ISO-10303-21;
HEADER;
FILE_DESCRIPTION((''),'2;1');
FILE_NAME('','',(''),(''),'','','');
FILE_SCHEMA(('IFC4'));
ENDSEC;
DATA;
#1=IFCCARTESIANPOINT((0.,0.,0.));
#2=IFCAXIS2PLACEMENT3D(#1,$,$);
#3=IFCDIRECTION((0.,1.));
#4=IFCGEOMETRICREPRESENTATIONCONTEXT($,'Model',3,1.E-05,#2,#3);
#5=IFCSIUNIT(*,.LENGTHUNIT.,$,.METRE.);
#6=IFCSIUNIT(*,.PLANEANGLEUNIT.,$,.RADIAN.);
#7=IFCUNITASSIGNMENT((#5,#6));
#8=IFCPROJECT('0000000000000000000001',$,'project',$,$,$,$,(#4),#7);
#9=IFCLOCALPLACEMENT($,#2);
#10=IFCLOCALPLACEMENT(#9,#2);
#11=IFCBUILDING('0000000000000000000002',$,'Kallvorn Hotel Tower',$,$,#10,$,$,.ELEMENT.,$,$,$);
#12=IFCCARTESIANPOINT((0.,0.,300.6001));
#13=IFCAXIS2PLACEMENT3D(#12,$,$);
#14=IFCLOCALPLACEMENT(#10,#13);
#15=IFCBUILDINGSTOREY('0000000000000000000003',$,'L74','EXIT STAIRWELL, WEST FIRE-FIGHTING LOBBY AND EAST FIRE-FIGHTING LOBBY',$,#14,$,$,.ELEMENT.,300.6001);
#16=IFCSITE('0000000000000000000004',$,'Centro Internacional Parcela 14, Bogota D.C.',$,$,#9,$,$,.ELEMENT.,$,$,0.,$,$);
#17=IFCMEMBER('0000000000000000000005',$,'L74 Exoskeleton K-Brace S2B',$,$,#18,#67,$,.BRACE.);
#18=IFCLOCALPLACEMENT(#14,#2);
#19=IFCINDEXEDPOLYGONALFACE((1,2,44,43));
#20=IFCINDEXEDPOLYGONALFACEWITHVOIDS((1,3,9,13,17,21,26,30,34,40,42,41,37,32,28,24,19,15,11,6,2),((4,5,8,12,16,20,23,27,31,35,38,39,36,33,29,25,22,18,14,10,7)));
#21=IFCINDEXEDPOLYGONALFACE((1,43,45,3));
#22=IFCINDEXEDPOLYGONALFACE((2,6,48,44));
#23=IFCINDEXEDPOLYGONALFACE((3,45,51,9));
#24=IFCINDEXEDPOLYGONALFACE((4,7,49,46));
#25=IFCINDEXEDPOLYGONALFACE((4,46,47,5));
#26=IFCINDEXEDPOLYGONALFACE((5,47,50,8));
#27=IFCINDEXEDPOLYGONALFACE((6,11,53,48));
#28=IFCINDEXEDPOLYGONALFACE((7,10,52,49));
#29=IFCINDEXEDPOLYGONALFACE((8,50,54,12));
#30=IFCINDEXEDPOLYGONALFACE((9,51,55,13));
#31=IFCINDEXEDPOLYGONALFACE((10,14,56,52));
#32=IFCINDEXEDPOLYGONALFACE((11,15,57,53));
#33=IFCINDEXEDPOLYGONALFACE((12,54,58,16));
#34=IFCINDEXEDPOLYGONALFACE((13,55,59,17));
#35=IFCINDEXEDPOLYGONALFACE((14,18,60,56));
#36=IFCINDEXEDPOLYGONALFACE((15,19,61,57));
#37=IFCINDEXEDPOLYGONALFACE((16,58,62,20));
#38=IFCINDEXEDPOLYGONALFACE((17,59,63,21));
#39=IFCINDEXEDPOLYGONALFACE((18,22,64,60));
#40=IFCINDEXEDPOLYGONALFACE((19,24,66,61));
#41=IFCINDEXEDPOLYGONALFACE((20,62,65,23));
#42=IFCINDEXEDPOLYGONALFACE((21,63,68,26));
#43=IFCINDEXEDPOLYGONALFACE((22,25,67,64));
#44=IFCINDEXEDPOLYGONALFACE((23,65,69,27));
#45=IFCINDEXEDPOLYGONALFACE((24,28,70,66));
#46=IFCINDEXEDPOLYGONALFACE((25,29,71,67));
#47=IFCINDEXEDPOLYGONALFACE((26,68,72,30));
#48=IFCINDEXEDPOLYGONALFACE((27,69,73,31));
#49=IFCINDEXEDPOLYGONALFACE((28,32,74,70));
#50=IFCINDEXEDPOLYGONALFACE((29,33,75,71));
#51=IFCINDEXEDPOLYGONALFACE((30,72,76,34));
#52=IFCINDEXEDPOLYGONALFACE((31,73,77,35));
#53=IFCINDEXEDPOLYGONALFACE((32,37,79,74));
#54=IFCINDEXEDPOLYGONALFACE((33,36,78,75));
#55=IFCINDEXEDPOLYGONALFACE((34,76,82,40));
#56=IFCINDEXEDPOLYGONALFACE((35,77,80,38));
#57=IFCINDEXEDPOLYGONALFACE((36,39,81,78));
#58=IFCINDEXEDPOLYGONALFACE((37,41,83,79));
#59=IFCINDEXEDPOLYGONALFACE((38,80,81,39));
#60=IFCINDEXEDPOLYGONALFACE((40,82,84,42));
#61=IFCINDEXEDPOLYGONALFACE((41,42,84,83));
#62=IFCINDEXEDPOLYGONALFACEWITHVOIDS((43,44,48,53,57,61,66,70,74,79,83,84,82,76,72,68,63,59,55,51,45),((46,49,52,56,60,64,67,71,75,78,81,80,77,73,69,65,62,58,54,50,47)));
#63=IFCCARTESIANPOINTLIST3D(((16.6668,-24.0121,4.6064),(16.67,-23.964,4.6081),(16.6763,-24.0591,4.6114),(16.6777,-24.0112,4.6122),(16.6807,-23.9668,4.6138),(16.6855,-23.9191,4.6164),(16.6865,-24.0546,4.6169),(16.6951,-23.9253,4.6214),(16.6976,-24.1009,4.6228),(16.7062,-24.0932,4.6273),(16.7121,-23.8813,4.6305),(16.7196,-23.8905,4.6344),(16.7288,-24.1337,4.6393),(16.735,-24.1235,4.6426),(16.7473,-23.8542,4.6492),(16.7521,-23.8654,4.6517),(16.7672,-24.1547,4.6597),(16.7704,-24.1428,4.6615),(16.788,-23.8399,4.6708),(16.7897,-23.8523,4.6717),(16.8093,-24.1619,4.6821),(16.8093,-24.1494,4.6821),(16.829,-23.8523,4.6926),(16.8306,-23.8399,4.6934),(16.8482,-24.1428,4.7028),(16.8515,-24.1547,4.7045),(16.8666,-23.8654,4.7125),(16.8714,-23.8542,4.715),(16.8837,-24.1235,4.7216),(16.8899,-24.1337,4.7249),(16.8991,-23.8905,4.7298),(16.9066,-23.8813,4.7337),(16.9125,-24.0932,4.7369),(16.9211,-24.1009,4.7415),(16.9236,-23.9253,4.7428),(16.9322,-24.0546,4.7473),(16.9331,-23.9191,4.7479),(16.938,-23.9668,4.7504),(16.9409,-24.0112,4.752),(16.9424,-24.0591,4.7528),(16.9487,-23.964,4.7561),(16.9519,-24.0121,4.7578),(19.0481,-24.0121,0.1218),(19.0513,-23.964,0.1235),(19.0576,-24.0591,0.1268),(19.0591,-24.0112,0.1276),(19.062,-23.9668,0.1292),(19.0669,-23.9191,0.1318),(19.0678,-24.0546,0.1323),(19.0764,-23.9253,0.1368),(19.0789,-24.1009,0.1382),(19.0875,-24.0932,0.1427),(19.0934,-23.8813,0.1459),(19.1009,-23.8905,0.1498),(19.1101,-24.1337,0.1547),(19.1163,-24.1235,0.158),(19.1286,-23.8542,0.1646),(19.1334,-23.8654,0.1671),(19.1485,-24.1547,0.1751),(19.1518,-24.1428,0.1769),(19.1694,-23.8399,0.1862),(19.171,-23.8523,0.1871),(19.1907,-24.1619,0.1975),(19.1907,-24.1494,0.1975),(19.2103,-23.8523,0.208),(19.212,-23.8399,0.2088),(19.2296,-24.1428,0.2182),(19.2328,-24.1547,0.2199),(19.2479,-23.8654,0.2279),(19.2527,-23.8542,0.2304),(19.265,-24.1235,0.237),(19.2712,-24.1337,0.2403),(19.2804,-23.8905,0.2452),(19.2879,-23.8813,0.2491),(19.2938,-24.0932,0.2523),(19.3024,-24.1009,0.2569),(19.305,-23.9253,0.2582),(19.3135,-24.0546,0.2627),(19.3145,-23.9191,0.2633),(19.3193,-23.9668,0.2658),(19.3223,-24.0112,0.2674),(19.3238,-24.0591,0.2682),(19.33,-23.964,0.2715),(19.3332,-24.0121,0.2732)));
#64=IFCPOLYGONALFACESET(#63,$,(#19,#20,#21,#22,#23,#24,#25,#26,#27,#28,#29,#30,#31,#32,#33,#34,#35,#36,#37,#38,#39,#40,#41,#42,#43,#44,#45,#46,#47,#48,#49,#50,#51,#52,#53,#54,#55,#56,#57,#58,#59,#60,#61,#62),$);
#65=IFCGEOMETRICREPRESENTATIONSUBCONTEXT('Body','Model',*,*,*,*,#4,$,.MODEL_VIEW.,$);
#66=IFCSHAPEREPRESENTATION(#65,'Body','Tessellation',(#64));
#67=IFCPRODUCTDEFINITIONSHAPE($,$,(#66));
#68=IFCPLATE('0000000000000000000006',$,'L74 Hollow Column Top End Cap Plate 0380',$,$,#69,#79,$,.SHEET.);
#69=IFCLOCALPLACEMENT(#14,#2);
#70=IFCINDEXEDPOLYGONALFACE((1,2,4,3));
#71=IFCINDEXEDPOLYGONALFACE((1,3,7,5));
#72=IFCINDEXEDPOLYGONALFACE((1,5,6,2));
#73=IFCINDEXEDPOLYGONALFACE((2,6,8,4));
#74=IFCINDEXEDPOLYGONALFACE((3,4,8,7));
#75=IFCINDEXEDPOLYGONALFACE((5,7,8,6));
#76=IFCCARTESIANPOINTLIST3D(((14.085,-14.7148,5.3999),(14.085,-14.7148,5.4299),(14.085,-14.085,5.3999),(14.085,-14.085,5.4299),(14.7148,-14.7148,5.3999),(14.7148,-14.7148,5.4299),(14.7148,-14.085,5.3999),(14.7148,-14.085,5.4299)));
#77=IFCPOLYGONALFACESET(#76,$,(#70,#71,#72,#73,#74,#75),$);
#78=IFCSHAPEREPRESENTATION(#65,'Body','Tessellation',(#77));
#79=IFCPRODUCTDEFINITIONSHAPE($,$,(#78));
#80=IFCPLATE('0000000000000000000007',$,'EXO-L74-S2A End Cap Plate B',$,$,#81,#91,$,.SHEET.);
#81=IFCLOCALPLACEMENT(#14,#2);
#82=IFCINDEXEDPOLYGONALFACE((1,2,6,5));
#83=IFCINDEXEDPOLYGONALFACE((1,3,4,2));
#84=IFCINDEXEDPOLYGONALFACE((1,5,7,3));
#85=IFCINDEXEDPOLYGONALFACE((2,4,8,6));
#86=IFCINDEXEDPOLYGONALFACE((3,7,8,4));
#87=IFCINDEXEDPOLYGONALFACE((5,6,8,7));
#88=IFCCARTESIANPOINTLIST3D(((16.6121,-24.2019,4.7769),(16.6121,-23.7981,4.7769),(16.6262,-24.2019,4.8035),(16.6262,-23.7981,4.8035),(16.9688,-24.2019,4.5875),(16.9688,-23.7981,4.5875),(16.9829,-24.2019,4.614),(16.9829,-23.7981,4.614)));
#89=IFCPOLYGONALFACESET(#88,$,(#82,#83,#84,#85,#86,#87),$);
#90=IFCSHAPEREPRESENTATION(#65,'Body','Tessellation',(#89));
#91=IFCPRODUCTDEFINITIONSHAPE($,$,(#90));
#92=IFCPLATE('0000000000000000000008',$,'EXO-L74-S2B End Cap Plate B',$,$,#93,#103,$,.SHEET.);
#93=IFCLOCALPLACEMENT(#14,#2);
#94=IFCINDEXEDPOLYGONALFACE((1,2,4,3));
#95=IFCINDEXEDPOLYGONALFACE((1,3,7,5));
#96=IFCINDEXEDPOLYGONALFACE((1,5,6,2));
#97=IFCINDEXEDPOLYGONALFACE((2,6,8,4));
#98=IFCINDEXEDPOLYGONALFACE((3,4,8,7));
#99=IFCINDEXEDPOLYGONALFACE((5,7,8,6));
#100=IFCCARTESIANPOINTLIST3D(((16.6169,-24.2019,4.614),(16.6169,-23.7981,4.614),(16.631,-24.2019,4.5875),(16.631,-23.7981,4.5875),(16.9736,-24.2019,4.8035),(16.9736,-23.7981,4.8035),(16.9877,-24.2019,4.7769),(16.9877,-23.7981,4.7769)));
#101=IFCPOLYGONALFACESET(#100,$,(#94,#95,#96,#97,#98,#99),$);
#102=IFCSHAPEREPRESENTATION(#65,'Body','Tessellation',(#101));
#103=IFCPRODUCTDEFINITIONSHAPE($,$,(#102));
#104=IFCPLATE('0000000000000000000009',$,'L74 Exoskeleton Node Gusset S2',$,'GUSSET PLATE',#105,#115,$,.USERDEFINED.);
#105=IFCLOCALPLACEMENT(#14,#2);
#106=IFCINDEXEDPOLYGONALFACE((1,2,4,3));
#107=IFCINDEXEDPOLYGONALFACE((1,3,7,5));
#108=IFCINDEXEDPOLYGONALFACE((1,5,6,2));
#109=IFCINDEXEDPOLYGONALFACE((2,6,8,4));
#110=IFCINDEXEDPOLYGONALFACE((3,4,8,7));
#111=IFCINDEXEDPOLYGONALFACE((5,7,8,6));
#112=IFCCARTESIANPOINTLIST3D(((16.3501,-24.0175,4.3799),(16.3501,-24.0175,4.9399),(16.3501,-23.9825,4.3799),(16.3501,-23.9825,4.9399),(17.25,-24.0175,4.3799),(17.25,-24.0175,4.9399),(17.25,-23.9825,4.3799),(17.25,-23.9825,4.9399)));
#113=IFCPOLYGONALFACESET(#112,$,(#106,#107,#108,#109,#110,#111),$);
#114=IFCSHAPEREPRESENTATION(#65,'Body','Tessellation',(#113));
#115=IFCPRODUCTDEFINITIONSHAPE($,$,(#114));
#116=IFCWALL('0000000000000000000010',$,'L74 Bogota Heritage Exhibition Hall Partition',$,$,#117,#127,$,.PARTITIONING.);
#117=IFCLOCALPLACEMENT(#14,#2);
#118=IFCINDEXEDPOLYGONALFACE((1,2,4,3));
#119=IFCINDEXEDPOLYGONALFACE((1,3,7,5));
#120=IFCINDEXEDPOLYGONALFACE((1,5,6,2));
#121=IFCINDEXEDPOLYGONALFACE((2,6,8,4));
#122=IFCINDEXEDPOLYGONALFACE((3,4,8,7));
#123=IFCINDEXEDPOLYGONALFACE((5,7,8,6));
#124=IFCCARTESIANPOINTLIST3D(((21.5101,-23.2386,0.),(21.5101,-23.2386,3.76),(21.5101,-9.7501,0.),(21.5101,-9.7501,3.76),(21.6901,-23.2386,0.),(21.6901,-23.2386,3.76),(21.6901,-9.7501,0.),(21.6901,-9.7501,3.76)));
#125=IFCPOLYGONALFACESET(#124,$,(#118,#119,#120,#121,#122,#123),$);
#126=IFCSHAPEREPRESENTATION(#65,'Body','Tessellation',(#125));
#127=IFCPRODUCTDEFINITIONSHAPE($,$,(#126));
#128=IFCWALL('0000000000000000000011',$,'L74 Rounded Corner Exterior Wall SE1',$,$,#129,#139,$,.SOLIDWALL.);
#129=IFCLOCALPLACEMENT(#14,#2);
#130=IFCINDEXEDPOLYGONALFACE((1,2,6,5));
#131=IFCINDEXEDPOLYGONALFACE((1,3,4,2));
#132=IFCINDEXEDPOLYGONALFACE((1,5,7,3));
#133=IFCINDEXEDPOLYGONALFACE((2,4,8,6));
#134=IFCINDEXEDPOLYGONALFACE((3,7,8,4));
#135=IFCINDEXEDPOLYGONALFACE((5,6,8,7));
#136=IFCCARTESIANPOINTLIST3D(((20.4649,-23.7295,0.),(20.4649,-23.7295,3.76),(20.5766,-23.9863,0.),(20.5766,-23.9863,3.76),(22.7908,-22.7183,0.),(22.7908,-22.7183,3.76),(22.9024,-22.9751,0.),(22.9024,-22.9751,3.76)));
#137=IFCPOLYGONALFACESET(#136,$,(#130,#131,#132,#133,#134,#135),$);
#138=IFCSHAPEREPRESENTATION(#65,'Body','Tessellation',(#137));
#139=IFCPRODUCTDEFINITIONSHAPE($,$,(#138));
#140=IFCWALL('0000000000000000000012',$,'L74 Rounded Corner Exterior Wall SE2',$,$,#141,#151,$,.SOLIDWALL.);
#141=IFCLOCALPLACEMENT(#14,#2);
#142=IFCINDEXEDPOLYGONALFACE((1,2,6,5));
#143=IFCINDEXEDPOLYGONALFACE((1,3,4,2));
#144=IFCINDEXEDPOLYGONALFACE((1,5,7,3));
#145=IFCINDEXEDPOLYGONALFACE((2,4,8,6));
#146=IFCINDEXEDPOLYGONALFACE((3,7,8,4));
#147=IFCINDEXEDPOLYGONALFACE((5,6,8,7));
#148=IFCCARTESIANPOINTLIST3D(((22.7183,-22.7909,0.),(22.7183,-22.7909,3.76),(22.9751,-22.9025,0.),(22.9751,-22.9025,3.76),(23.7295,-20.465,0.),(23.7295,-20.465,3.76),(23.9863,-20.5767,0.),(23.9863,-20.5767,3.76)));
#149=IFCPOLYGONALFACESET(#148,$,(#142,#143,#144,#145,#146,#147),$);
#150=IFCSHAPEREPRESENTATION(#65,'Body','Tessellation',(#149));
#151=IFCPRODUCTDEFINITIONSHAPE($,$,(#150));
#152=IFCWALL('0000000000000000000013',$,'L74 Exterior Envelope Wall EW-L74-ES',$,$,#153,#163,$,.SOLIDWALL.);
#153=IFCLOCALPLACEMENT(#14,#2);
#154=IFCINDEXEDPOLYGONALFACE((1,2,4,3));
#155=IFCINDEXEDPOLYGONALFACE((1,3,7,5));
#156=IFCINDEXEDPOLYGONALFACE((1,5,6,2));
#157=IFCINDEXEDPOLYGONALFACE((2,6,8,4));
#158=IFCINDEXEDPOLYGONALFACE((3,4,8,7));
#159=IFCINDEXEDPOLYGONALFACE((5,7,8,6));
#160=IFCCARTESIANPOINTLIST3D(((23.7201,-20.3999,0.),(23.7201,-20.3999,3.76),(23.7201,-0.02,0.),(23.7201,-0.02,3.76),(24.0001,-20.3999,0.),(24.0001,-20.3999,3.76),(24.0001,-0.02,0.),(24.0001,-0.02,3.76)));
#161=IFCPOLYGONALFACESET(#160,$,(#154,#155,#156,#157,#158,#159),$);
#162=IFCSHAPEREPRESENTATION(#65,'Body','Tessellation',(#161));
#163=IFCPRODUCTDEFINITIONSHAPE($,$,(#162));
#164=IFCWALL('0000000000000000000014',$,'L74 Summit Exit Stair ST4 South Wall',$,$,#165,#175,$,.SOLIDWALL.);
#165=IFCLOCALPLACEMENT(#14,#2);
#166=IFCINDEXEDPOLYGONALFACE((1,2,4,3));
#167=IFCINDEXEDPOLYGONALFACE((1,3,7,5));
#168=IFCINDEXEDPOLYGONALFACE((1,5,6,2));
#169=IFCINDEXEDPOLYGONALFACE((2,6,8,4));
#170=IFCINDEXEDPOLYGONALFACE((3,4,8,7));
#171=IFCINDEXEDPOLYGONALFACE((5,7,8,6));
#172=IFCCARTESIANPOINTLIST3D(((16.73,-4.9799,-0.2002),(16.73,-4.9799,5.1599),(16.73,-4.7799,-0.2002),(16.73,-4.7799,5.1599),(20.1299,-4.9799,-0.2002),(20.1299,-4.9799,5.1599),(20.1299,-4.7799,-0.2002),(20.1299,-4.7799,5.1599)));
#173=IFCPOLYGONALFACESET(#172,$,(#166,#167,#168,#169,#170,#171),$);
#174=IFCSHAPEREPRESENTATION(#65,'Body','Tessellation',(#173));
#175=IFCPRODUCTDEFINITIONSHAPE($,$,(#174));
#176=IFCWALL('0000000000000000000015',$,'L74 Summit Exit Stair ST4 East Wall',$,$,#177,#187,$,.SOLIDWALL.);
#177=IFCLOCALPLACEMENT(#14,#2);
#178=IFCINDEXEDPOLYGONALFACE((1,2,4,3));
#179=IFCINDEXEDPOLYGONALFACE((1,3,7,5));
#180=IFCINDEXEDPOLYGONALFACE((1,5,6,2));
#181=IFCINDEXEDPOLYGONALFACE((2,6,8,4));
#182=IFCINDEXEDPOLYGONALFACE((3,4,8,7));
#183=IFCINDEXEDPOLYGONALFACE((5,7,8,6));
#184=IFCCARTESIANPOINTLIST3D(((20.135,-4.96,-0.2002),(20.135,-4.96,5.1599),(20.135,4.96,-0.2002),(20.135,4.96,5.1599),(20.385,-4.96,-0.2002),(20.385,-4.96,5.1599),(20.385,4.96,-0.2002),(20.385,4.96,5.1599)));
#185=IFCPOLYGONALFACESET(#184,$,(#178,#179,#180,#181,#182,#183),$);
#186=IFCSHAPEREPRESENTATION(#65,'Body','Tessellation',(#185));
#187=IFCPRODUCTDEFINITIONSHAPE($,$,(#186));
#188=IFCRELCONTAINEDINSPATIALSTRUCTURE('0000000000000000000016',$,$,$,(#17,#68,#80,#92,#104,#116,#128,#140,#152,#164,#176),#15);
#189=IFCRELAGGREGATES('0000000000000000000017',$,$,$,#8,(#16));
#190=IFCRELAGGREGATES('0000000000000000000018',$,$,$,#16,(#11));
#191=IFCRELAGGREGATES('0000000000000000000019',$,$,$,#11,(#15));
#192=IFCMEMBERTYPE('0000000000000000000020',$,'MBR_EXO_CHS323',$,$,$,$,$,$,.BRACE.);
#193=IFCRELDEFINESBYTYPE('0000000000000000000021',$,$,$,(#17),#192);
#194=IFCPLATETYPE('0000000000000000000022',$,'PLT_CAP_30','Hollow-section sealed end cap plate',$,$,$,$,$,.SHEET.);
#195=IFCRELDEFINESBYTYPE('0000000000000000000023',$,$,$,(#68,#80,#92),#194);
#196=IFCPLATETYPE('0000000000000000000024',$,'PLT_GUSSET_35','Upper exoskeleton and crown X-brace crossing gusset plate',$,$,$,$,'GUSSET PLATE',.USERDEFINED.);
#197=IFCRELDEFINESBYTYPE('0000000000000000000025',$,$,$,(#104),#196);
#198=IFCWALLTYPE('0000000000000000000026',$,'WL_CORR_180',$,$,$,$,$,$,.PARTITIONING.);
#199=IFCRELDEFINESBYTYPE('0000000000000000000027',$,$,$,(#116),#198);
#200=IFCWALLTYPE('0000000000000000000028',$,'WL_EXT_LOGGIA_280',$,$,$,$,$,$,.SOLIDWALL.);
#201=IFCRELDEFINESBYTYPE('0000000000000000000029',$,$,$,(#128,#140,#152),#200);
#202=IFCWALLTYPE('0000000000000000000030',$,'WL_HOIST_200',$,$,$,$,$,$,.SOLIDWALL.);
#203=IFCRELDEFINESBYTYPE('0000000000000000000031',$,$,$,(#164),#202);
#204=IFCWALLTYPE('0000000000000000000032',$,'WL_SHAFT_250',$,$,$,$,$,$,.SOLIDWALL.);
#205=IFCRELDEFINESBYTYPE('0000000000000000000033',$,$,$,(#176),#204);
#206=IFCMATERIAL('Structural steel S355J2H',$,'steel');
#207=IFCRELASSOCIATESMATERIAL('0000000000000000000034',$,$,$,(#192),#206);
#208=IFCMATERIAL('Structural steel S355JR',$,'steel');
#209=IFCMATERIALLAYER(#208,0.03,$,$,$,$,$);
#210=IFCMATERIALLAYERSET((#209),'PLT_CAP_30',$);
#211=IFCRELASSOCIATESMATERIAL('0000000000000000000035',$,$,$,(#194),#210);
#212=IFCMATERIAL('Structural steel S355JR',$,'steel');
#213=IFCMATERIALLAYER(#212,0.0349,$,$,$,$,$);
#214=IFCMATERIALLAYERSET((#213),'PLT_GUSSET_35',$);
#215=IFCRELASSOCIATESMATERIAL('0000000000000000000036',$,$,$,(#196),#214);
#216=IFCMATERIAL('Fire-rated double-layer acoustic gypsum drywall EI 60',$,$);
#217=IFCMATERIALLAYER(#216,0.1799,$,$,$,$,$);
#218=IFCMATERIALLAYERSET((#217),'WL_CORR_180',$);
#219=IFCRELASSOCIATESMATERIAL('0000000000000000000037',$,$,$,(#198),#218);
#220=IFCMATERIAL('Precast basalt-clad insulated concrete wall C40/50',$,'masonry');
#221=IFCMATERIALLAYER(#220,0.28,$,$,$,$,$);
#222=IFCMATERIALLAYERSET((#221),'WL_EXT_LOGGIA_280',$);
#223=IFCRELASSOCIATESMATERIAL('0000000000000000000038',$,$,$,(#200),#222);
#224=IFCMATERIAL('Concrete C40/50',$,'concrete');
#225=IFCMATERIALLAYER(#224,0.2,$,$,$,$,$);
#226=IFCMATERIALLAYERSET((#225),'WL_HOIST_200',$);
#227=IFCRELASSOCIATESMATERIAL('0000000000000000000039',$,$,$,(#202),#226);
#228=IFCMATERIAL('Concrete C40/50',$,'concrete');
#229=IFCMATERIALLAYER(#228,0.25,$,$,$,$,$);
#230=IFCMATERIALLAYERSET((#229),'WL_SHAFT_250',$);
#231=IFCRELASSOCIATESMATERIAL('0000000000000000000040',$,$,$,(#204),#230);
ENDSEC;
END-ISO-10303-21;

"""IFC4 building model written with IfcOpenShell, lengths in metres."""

from ifc_helpers import new_model, si_unit, direction, frame, frame_2d, origin, origin_2d, place, context, subcontext, project, spatial, polyline, rectangle, hollow_circle, outline, extrude, material, layer, layer_set, material_profile, profile_set, type_object, element, save


model = new_model("IFC4")

# Units and contexts
model_context = context("Model", 3, precision=1e-05, world=origin(), true_north=direction((0.0, 1.0)))
body_context = subcontext(model_context, "Body", "Model", "MODEL_VIEW")
ifc_project = project(units=[si_unit("LENGTHUNIT", "METRE"), si_unit("PLANEANGLEUNIT", "RADIAN")], contexts=[model_context])

# Site, building, storey
site_placement = place(None, origin())
site = spatial("IfcSite", under=ifc_project, at=site_placement, Name="Centro Internacional Parcela 14, Bogota D.C.", CompositionType="ELEMENT", RefElevation=0.0)
building_placement = place(site_placement, origin())
building = spatial("IfcBuilding", under=site, at=building_placement, Name="Kallvorn Hotel Tower", CompositionType="ELEMENT")
storey_placement = place(building_placement, frame((0.0, 0.0, 300.6001)))
storey = spatial("IfcBuildingStorey", under=building, at=storey_placement, Name="L74", Description="EXIT STAIRWELL, WEST FIRE-FIGHTING LOBBY AND EAST FIRE-FIGHTING LOBBY", CompositionType="ELEMENT", Elevation=300.6001)

# Member
ifc_material_1 = material(Name="Structural steel S355J2H", Category="steel")
ifc_material_profile_1 = material_profile(ifc_material_1, hollow_circle(Radius=0.1619, WallThickness=0.0125, at=origin_2d()), Name="CHS 323.9x12.5")
ifc_profile_set_1 = profile_set([ifc_material_profile_1], Name="Structural steel S355J2H")
member_type = type_object("IfcMemberType", Name="MBR_EXO_CHS323", PredefinedType="BRACE", material=ifc_profile_set_1)
for number, where, z_axis, x_axis, name in (
    (1, (19.1907, -24.0, 0.1975), (-0.468985, 0.0, 0.883206), (0.0, -1.0, 0.0), "L74 Exoskeleton K-Brace S2B"),
):
    element("IfcMember", number, at=place(storey_placement, frame(where, z_axis=z_axis, x_axis=x_axis)), inside=storey, type_object=member_type, Name=name, PredefinedType="BRACE", context=body_context, shape_type="SweptSolid", body=[
        extrude(hollow_circle(Radius=0.1619, WallThickness=0.0125, at=origin_2d()), origin(), (0.0, 0.0, 1.0), 5.0776),
    ])

# Plates
ifc_material_2 = material(Name="Structural steel S355JR", Category="steel")
ifc_layer_1 = layer(ifc_material_2, 0.03)
ifc_layer_set_1 = layer_set([ifc_layer_1], Name="PLT_CAP_30")
plate_type_1 = type_object("IfcPlateType", Name="PLT_CAP_30", Description="Hollow-section sealed end cap plate", PredefinedType="SHEET", material=ifc_layer_set_1)
plate_1_placement = place(storey_placement, frame((14.3999, -14.3999, 5.3999), z_axis=(0.0, 0.0, 1.0), x_axis=(1.0, 0.0, 0.0)))
element("IfcPlate", 2, at=plate_1_placement, inside=storey, type_object=plate_type_1, Name="L74 Hollow Column Top End Cap Plate 0380", PredefinedType="SHEET", context=body_context, shape_type="SweptSolid", body=[
    extrude(rectangle(XDim=0.6299, YDim=0.6299, at=origin_2d()), origin(), (0.0, 0.0, 1.0), 0.03),
])
for number, where, z_axis, x_axis, name in (
    (3, (16.9829, -24.2019, 4.614), (0.469082, 0.0, 0.883155), (0.0, 1.0, 0.0), "EXO-L74-S2A End Cap Plate B"),
    (4, (16.6169, -23.7981, 4.614), (-0.469082, 0.0, 0.883155), (0.0, -1.0, 0.0), "EXO-L74-S2B End Cap Plate B"),
):
    element("IfcPlate", number, at=place(storey_placement, frame(where, z_axis=z_axis, x_axis=x_axis)), inside=storey, type_object=plate_type_1, Name=name, PredefinedType="SHEET", context=body_context, shape_type="SweptSolid", body=[
        extrude(outline(polyline([(0.0, 0.0), (0.4038, 0.0), (0.4038, 0.4039), (0.0, 0.4039), (0.0, 0.0)])), origin(), (0.0, 0.0, -1.0), 0.03),
    ])
ifc_material_3 = material(Name="Structural steel S355JR", Category="steel")
ifc_layer_2 = layer(ifc_material_3, 0.0349)
ifc_layer_set_2 = layer_set([ifc_layer_2], Name="PLT_GUSSET_35")
plate_type_2 = type_object("IfcPlateType", Name="PLT_GUSSET_35", Description="Upper exoskeleton and crown X-brace crossing gusset plate", ElementType="GUSSET PLATE", PredefinedType="USERDEFINED", material=ifc_layer_set_2)
plate_2_placement = place(storey_placement, frame((16.8, -24.0, 4.3799), z_axis=(0.0, 0.0, 1.0), x_axis=(1.0, 0.0, 0.0)))
element("IfcPlate", 5, at=plate_2_placement, inside=storey, type_object=plate_type_2, Name="L74 Exoskeleton Node Gusset S2", ObjectType="GUSSET PLATE", PredefinedType="USERDEFINED", context=body_context, shape_type="SweptSolid", body=[
    extrude(rectangle(XDim=0.8999, YDim=0.0349, at=origin_2d()), origin(), (0.0, 0.0, 1.0), 0.5601),
])

# Walls
ifc_material_4 = material(Name="Fire-rated double-layer acoustic gypsum drywall EI 60")
ifc_layer_3 = layer(ifc_material_4, 0.1799)
ifc_layer_set_3 = layer_set([ifc_layer_3], Name="WL_CORR_180")
wall_type_1 = type_object("IfcWallType", Name="WL_CORR_180", PredefinedType="PARTITIONING", material=ifc_layer_set_3)
wall_1_placement = place(storey_placement, frame((21.6001, -23.2385, 0.0), z_axis=(0.0, 0.0, 1.0), x_axis=(0.0, 1.0, 0.0)))
element("IfcWall", 6, at=wall_1_placement, inside=storey, type_object=wall_type_1, Name="L74 Bogota Heritage Exhibition Hall Partition", PredefinedType="PARTITIONING", context=body_context, shape_type="SweptSolid", body=[
    extrude(rectangle(XDim=13.4885, YDim=0.1799, at=frame_2d((6.7441, 0.0))), origin(), (0.0, 0.0, 1.0), 3.76),
])
ifc_material_5 = material(Name="Precast basalt-clad insulated concrete wall C40/50", Category="masonry")
ifc_layer_4 = layer(ifc_material_5, 0.28)
ifc_layer_set_4 = layer_set([ifc_layer_4], Name="WL_EXT_LOGGIA_280")
wall_type_2 = type_object("IfcWallType", Name="WL_EXT_LOGGIA_280", PredefinedType="SOLIDWALL", material=ifc_layer_set_4)
for number, where, z_axis, x_axis, name in (
    (7, (20.5208, -23.8579, 0.0), (0.0, 0.0, 1.0), (0.917076, 0.398712, 0.0), "L74 Rounded Corner Exterior Wall SE1"),
    (8, (22.8467, -22.8467, 0.0), (0.0, 0.0, 1.0), (0.398712, 0.917076, 0.0), "L74 Rounded Corner Exterior Wall SE2"),
):
    element("IfcWall", number, at=place(storey_placement, frame(where, z_axis=z_axis, x_axis=x_axis)), inside=storey, type_object=wall_type_2, Name=name, PredefinedType="SOLIDWALL", context=body_context, shape_type="SweptSolid", body=[
        extrude(rectangle(XDim=2.5361, YDim=0.28, at=frame_2d((1.2681, 0.0))), origin(), (0.0, 0.0, 1.0), 3.76),
    ])
wall_2_placement = place(storey_placement, frame((23.8601, -20.3999, 0.0), z_axis=(0.0, 0.0, 1.0), x_axis=(0.0, 1.0, 0.0)))
element("IfcWall", 9, at=wall_2_placement, inside=storey, type_object=wall_type_2, Name="L74 Exterior Envelope Wall EW-L74-ES", PredefinedType="SOLIDWALL", context=body_context, shape_type="SweptSolid", body=[
    extrude(rectangle(XDim=20.3799, YDim=0.28, at=frame_2d((10.1899, 0.0))), origin(), (0.0, 0.0, 1.0), 3.76),
])
ifc_material_6 = material(Name="Concrete C40/50", Category="concrete")
ifc_layer_5 = layer(ifc_material_6, 0.2)
ifc_layer_set_5 = layer_set([ifc_layer_5], Name="WL_HOIST_200")
wall_type_3 = type_object("IfcWallType", Name="WL_HOIST_200", PredefinedType="SOLIDWALL", material=ifc_layer_set_5)
wall_3_placement = place(storey_placement, frame((16.73, -4.8799, -0.2002), z_axis=(0.0, 0.0, 1.0), x_axis=(1.0, 0.0, 0.0)))
element("IfcWall", 10, at=wall_3_placement, inside=storey, type_object=wall_type_3, Name="L74 Summit Exit Stair ST4 South Wall", PredefinedType="SOLIDWALL", context=body_context, shape_type="SweptSolid", body=[
    extrude(rectangle(XDim=3.3999, YDim=0.2, at=frame_2d((1.7, 0.0))), origin(), (0.0, 0.0, 1.0), 5.3601),
])
ifc_material_7 = material(Name="Concrete C40/50", Category="concrete")
ifc_layer_6 = layer(ifc_material_7, 0.25)
ifc_layer_set_6 = layer_set([ifc_layer_6], Name="WL_SHAFT_250")
wall_type_4 = type_object("IfcWallType", Name="WL_SHAFT_250", PredefinedType="SOLIDWALL", material=ifc_layer_set_6)
wall_4_placement = place(storey_placement, frame((20.26, -4.96, -0.2002), z_axis=(0.0, 0.0, 1.0), x_axis=(0.0, 1.0, 0.0)))
element("IfcWall", 11, at=wall_4_placement, inside=storey, type_object=wall_type_4, Name="L74 Summit Exit Stair ST4 East Wall", PredefinedType="SOLIDWALL", context=body_context, shape_type="SweptSolid", body=[
    extrude(rectangle(XDim=9.9199, YDim=0.25, at=frame_2d((4.96, 0.0))), origin(), (0.0, 0.0, 1.0), 5.3601),
])

save(model, "model.ifc")
